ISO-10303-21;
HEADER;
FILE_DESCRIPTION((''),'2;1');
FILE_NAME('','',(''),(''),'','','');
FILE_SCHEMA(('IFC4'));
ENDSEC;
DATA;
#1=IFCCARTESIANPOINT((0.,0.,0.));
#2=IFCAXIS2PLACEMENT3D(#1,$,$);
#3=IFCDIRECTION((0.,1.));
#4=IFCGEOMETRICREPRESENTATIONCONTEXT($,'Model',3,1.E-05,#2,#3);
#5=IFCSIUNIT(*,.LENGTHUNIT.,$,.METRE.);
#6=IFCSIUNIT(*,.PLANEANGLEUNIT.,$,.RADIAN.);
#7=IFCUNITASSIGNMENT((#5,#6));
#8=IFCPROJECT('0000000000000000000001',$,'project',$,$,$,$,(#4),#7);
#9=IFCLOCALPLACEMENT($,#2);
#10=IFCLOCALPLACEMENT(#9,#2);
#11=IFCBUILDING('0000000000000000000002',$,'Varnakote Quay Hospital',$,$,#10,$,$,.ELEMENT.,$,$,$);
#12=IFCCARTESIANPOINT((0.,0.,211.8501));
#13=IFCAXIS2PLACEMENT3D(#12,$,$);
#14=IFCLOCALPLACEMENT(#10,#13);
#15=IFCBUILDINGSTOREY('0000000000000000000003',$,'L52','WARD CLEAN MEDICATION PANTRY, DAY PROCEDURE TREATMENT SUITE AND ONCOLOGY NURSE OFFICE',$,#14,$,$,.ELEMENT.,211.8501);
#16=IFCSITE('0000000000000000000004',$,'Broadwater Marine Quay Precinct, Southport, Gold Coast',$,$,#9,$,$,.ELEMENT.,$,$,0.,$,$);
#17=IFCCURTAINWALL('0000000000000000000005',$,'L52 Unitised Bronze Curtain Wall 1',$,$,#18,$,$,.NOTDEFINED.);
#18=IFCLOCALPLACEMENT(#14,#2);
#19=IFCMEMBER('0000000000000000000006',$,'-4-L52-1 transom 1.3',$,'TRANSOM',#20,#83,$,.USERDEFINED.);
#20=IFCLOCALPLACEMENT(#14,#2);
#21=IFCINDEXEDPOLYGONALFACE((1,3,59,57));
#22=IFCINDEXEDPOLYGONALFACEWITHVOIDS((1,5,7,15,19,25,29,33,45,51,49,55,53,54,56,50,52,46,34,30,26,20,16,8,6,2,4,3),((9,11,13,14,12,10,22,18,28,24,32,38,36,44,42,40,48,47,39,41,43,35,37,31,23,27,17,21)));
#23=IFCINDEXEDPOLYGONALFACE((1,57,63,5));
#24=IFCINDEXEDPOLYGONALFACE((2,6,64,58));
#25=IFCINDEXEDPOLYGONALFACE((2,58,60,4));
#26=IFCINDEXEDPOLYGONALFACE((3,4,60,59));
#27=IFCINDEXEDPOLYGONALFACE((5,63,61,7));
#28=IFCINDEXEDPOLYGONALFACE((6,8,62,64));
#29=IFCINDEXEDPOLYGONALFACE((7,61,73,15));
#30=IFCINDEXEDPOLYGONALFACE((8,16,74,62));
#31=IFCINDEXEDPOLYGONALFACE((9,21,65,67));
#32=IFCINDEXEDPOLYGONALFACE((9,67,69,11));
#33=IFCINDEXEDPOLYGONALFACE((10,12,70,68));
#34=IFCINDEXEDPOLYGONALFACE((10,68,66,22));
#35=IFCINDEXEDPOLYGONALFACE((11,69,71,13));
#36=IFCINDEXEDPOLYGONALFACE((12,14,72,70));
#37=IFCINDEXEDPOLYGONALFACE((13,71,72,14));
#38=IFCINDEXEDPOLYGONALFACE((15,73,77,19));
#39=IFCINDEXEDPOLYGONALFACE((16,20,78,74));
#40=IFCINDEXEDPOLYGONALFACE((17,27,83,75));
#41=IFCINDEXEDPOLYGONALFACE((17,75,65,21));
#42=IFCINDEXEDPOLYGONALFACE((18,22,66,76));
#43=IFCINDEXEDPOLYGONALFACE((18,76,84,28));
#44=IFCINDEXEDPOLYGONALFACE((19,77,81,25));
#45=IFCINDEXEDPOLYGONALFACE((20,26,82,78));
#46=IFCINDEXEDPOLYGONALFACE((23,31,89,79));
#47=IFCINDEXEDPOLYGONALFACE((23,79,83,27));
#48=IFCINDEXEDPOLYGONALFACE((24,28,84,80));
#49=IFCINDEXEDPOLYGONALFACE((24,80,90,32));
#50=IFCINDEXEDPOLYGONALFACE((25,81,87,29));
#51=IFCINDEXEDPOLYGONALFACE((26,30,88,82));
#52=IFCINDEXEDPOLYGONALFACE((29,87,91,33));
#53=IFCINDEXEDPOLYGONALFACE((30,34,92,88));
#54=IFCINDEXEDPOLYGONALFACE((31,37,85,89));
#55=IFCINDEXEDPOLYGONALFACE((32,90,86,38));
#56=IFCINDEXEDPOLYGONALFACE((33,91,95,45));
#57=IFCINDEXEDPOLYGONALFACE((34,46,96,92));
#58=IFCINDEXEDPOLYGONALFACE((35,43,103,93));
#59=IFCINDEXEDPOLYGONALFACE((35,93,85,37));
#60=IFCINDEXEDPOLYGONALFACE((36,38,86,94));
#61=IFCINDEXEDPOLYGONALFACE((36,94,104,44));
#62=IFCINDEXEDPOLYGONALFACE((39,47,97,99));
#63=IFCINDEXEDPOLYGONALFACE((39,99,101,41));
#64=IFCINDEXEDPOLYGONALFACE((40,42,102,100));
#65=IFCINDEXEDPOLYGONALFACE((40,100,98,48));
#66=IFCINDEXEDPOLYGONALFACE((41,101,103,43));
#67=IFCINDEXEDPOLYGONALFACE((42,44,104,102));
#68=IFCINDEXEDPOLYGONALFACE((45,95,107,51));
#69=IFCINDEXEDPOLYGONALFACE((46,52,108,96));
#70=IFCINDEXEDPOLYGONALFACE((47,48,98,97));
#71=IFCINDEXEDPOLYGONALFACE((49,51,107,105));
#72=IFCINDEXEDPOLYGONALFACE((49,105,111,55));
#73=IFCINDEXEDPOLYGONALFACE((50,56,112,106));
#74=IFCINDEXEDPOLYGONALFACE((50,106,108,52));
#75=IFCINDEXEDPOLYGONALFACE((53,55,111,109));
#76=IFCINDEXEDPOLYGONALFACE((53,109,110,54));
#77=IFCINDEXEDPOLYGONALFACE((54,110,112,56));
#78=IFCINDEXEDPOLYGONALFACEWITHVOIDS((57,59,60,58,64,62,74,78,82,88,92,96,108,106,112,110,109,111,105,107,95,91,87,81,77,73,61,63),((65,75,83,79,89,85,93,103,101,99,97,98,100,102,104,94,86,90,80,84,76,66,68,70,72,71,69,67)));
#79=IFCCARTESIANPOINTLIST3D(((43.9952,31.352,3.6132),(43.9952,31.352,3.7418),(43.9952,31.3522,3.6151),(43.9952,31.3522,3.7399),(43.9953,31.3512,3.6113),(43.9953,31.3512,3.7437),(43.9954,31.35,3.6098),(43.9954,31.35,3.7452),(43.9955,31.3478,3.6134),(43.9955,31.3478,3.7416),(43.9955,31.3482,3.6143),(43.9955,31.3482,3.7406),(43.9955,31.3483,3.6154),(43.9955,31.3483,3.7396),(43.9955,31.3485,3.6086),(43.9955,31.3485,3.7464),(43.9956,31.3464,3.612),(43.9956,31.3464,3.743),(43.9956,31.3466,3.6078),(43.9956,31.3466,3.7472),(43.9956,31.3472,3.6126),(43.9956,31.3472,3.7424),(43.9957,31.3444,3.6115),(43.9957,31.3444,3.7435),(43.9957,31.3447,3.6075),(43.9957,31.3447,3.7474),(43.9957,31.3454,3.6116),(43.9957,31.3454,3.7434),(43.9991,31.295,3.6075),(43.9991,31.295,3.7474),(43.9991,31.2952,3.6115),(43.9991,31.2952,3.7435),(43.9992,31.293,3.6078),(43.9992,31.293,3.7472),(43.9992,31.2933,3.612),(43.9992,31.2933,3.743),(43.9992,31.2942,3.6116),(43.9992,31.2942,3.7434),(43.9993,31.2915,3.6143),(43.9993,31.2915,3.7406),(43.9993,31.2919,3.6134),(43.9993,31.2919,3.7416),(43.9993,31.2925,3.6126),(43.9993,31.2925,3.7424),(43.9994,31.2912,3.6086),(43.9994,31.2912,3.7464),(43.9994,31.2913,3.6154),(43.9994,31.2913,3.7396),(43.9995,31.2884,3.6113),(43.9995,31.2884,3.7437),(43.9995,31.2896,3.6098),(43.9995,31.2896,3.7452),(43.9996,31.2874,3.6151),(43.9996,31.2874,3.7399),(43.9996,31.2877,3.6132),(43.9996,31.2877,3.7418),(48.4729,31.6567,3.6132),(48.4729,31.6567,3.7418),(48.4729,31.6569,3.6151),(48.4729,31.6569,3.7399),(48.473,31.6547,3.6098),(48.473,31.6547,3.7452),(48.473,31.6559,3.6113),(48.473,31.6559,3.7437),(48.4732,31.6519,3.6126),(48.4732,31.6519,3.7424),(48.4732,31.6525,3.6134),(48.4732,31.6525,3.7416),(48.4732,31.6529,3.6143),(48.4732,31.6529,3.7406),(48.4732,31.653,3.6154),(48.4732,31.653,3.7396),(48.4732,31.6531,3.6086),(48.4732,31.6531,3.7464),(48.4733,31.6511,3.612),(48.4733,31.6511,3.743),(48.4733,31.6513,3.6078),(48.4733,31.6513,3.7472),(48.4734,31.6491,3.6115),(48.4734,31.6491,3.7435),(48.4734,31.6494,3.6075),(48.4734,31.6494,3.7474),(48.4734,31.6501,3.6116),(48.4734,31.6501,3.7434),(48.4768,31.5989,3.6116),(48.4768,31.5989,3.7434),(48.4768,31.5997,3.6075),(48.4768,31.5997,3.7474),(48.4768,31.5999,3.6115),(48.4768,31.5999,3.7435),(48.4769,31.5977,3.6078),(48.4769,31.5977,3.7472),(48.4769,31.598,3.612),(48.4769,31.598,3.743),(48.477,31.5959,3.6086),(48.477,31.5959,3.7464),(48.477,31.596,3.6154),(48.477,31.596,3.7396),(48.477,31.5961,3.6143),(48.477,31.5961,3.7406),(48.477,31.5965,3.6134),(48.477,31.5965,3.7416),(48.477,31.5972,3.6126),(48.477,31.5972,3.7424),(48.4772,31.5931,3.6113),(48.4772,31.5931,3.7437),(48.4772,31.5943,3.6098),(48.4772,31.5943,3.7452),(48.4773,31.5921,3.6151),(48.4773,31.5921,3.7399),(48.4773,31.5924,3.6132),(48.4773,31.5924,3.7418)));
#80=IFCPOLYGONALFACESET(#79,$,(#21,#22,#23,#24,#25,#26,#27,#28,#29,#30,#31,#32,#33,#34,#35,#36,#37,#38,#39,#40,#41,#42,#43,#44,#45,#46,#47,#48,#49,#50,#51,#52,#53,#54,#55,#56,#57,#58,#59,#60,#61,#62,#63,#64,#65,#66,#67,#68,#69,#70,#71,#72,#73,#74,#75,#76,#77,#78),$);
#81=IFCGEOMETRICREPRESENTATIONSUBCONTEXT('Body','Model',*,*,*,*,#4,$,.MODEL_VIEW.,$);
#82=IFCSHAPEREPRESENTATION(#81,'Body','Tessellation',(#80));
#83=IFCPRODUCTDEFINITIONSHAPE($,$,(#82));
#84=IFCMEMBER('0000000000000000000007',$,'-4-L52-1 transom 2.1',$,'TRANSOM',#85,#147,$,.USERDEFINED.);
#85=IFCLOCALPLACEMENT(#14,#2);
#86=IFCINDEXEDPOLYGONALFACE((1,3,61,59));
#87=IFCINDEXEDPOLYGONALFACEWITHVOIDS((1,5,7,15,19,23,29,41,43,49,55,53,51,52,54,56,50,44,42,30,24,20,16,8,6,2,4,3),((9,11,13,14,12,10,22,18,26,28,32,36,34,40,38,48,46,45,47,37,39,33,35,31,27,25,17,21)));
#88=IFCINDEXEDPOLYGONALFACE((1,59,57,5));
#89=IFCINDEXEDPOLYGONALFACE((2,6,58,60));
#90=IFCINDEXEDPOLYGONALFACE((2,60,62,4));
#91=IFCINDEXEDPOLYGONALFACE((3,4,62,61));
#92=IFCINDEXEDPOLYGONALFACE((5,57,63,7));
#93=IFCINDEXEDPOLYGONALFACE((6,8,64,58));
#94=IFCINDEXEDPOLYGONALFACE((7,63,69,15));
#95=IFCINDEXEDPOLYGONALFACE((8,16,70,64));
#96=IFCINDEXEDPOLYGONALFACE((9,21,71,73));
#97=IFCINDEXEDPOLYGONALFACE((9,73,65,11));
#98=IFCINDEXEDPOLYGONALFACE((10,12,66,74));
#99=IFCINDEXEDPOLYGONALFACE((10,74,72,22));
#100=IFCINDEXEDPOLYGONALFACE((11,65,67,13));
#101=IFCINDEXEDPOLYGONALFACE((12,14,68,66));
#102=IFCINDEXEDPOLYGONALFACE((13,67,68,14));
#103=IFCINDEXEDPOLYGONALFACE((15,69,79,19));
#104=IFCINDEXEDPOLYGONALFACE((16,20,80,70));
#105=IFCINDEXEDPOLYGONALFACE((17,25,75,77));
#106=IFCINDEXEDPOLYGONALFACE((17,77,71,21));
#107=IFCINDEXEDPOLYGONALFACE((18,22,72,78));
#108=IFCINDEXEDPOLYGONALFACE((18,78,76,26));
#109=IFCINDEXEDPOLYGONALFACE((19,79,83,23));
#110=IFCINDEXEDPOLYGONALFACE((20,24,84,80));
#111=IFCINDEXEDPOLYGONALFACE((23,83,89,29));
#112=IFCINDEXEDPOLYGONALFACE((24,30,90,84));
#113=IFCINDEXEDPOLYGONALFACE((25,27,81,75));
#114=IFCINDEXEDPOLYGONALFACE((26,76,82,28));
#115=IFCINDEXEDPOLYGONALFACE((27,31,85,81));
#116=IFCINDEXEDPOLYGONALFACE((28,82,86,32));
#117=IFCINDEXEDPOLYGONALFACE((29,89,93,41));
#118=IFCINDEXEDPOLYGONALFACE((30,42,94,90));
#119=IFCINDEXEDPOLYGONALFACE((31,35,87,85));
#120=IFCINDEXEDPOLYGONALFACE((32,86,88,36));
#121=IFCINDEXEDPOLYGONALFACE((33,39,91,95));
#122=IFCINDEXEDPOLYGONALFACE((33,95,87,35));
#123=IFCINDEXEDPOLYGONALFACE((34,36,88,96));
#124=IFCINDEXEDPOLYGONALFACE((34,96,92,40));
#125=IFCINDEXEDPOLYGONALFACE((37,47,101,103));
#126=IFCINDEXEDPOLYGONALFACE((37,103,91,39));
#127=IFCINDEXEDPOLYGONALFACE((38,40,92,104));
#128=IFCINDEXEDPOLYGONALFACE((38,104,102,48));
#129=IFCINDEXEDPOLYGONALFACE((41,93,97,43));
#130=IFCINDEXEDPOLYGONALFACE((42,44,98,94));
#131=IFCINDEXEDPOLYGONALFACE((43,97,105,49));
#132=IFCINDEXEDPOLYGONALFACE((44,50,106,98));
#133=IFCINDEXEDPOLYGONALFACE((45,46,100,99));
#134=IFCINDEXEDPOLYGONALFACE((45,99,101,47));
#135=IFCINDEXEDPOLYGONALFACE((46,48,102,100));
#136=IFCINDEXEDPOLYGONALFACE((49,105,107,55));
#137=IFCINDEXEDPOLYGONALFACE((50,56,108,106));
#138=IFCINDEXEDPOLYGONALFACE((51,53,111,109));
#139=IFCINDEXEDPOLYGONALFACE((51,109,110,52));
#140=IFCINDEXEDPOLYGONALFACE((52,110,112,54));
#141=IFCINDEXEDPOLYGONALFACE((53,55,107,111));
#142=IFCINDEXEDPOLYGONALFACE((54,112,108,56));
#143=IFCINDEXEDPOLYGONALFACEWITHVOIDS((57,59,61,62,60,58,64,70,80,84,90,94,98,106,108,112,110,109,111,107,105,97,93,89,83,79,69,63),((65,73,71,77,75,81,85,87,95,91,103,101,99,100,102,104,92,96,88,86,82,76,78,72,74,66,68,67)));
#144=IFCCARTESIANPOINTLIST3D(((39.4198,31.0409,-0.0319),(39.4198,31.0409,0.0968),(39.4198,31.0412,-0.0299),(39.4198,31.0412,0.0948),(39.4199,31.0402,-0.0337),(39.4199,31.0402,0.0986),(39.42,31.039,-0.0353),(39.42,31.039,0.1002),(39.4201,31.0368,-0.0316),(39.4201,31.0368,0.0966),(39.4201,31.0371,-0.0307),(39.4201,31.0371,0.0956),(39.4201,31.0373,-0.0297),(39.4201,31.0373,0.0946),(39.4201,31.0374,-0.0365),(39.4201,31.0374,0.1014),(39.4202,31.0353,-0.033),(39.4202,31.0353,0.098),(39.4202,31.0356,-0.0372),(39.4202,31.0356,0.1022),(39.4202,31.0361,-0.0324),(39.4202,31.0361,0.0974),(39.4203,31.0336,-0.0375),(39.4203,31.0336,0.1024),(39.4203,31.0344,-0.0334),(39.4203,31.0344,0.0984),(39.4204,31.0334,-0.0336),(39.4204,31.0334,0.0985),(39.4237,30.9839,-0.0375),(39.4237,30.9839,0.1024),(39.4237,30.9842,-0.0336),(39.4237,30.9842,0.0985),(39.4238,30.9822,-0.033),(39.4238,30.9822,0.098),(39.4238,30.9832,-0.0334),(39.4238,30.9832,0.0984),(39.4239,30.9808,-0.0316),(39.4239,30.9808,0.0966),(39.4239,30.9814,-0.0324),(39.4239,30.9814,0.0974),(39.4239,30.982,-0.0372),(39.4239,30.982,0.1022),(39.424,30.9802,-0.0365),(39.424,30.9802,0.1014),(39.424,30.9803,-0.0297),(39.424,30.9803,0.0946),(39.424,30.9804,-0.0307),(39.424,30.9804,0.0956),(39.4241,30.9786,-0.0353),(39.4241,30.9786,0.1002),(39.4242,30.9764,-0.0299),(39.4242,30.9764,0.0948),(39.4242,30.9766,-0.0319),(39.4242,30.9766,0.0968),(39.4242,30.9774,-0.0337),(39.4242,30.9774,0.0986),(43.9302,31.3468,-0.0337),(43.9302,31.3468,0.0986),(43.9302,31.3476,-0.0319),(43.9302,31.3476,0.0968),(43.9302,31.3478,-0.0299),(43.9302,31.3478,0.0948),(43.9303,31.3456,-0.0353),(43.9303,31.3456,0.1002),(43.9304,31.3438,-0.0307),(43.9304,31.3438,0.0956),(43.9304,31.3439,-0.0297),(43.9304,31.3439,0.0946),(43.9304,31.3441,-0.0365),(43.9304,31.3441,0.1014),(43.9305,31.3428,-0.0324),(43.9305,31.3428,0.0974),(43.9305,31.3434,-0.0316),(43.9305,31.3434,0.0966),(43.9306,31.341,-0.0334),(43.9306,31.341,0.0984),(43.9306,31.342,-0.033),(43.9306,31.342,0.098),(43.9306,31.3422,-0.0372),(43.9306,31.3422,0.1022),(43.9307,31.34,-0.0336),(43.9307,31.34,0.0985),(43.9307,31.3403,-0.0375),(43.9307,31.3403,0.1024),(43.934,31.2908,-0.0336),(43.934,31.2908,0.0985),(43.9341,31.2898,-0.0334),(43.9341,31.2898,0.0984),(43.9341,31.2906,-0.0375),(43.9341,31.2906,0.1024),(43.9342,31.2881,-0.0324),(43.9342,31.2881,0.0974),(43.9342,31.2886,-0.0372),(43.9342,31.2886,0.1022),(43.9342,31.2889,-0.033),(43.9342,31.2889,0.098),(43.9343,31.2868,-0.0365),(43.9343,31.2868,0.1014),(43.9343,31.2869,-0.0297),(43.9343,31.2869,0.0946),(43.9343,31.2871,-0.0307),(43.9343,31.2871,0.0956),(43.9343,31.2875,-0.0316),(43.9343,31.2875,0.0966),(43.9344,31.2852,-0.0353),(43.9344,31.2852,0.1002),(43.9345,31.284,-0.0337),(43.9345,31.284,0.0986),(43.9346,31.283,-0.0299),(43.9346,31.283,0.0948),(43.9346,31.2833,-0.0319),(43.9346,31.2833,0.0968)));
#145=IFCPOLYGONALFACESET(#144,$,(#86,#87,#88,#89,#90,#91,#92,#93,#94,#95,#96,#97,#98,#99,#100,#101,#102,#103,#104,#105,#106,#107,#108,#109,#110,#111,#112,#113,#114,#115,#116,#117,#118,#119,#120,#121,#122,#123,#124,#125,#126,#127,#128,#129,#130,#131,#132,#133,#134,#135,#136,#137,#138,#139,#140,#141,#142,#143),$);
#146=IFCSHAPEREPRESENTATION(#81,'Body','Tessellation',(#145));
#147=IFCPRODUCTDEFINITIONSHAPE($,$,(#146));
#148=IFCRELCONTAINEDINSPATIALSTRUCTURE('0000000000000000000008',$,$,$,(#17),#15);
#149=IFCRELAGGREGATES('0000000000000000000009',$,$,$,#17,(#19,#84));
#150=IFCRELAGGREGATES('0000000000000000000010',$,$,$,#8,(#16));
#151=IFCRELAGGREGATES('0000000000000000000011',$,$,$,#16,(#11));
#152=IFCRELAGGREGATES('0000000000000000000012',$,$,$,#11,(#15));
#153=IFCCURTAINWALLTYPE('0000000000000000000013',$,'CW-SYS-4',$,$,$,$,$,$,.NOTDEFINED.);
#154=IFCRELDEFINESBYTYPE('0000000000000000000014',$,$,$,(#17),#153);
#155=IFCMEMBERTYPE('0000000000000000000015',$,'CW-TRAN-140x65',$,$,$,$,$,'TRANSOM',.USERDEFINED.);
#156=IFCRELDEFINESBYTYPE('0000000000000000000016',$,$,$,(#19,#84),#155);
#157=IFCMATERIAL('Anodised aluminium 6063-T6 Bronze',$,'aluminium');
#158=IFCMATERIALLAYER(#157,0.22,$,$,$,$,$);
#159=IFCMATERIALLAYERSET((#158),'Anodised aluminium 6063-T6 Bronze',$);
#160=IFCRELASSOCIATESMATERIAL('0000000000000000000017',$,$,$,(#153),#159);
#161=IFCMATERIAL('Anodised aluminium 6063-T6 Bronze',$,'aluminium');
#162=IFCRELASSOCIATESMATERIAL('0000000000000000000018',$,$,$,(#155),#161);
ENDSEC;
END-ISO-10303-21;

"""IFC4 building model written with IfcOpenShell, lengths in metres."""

from ifc_helpers import new_model, si_unit, direction, frame, origin, origin_2d, place, context, subcontext, project, spatial, hollow_rectangle, extrude, material, layer, layer_set, material_profile, profile_set, type_object, element, aggregate, save


model = new_model("IFC4")

# Units and contexts
model_context = context("Model", 3, precision=1e-05, world=origin(), true_north=direction((0.0, 1.0)))
body_context = subcontext(model_context, "Body", "Model", "MODEL_VIEW")
ifc_project = project(units=[si_unit("LENGTHUNIT", "METRE"), si_unit("PLANEANGLEUNIT", "RADIAN")], contexts=[model_context])

# Site, building, storey
site_placement = place(None, origin())
site = spatial("IfcSite", under=ifc_project, at=site_placement, Name="Broadwater Marine Quay Precinct, Southport, Gold Coast", CompositionType="ELEMENT", RefElevation=0.0)
building_placement = place(site_placement, origin())
building = spatial("IfcBuilding", under=site, at=building_placement, Name="Varnakote Quay Hospital", CompositionType="ELEMENT")
storey_placement = place(building_placement, frame((0.0, 0.0, 211.8501)))
storey = spatial("IfcBuildingStorey", under=building, at=storey_placement, Name="L52", Description="WARD CLEAN MEDICATION PANTRY, DAY PROCEDURE TREATMENT SUITE AND ONCOLOGY NURSE OFFICE", CompositionType="ELEMENT", Elevation=211.8501)

# Curtain wall, members
ifc_material_1 = material(Name="Anodised aluminium 6063-T6 Bronze", Category="aluminium")
ifc_layer_1 = layer(ifc_material_1, 0.22)
ifc_layer_set_1 = layer_set([ifc_layer_1], Name="Anodised aluminium 6063-T6 Bronze")
curtain_wall_type = type_object("IfcCurtainWallType", Name="CW-SYS-4", PredefinedType="NOTDEFINED", material=ifc_layer_set_1)
curtain_wall_placement = place(storey_placement, origin())
curtain_wall = element("IfcCurtainWall", 1, at=curtain_wall_placement, inside=storey, type_object=curtain_wall_type, Name="L52 Unitised Bronze Curtain Wall 1", PredefinedType="NOTDEFINED")
ifc_material_2 = material(Name="Anodised aluminium 6063-T6 Bronze", Category="aluminium")
ifc_material_profile_1 = material_profile(ifc_material_2, hollow_rectangle(XDim=0.0649, YDim=0.1399, WallThickness=0.0039, InnerFilletRadius=0.0039, OuterFilletRadius=0.0076, at=origin_2d()), Name="CW-TRAN-140x65")
ifc_profile_set_1 = profile_set([ifc_material_profile_1], Name="Anodised aluminium 6063-T6 Bronze")
member_type_1 = type_object("IfcMemberType", Name="CW-TRAN-140x65", ElementType="TRANSOM", PredefinedType="USERDEFINED", material=ifc_profile_set_1)
member_1_placement = place(storey_placement, frame((48.4751, 31.6245, 3.6775), z_axis=(-0.997693, -0.067887, 0.0), x_axis=(0.067887, -0.997693, 0.0)))
member_1 = element("IfcMember", 2, at=member_1_placement, type_object=member_type_1, Name="-4-L52-1 transom 1.3", ObjectType="TRANSOM", PredefinedType="USERDEFINED", context=body_context, shape_type="SweptSolid", body=[
    extrude(hollow_rectangle(XDim=0.0649, YDim=0.1399, WallThickness=0.0039, InnerFilletRadius=0.0039, OuterFilletRadius=0.0076, at=origin_2d()), origin(), (0.0, 0.0, 1.0), 4.488),
])
member_2_placement = place(storey_placement, frame((43.9324, 31.3154, 0.0325), z_axis=(-0.997697, -0.067831, 0.0), x_axis=(0.067831, -0.997697, 0.0)))
member_2 = element("IfcMember", 3, at=member_2_placement, type_object=member_type_1, Name="-4-L52-1 transom 2.1", ObjectType="TRANSOM", PredefinedType="USERDEFINED", context=body_context, shape_type="SweptSolid", body=[
    extrude(hollow_rectangle(XDim=0.0649, YDim=0.1399, WallThickness=0.0039, InnerFilletRadius=0.0039, OuterFilletRadius=0.0076, at=origin_2d()), origin(), (0.0, 0.0, 1.0), 4.5208),
])
aggregate(curtain_wall, [member_1, member_2])

save(model, "model.ifc")
